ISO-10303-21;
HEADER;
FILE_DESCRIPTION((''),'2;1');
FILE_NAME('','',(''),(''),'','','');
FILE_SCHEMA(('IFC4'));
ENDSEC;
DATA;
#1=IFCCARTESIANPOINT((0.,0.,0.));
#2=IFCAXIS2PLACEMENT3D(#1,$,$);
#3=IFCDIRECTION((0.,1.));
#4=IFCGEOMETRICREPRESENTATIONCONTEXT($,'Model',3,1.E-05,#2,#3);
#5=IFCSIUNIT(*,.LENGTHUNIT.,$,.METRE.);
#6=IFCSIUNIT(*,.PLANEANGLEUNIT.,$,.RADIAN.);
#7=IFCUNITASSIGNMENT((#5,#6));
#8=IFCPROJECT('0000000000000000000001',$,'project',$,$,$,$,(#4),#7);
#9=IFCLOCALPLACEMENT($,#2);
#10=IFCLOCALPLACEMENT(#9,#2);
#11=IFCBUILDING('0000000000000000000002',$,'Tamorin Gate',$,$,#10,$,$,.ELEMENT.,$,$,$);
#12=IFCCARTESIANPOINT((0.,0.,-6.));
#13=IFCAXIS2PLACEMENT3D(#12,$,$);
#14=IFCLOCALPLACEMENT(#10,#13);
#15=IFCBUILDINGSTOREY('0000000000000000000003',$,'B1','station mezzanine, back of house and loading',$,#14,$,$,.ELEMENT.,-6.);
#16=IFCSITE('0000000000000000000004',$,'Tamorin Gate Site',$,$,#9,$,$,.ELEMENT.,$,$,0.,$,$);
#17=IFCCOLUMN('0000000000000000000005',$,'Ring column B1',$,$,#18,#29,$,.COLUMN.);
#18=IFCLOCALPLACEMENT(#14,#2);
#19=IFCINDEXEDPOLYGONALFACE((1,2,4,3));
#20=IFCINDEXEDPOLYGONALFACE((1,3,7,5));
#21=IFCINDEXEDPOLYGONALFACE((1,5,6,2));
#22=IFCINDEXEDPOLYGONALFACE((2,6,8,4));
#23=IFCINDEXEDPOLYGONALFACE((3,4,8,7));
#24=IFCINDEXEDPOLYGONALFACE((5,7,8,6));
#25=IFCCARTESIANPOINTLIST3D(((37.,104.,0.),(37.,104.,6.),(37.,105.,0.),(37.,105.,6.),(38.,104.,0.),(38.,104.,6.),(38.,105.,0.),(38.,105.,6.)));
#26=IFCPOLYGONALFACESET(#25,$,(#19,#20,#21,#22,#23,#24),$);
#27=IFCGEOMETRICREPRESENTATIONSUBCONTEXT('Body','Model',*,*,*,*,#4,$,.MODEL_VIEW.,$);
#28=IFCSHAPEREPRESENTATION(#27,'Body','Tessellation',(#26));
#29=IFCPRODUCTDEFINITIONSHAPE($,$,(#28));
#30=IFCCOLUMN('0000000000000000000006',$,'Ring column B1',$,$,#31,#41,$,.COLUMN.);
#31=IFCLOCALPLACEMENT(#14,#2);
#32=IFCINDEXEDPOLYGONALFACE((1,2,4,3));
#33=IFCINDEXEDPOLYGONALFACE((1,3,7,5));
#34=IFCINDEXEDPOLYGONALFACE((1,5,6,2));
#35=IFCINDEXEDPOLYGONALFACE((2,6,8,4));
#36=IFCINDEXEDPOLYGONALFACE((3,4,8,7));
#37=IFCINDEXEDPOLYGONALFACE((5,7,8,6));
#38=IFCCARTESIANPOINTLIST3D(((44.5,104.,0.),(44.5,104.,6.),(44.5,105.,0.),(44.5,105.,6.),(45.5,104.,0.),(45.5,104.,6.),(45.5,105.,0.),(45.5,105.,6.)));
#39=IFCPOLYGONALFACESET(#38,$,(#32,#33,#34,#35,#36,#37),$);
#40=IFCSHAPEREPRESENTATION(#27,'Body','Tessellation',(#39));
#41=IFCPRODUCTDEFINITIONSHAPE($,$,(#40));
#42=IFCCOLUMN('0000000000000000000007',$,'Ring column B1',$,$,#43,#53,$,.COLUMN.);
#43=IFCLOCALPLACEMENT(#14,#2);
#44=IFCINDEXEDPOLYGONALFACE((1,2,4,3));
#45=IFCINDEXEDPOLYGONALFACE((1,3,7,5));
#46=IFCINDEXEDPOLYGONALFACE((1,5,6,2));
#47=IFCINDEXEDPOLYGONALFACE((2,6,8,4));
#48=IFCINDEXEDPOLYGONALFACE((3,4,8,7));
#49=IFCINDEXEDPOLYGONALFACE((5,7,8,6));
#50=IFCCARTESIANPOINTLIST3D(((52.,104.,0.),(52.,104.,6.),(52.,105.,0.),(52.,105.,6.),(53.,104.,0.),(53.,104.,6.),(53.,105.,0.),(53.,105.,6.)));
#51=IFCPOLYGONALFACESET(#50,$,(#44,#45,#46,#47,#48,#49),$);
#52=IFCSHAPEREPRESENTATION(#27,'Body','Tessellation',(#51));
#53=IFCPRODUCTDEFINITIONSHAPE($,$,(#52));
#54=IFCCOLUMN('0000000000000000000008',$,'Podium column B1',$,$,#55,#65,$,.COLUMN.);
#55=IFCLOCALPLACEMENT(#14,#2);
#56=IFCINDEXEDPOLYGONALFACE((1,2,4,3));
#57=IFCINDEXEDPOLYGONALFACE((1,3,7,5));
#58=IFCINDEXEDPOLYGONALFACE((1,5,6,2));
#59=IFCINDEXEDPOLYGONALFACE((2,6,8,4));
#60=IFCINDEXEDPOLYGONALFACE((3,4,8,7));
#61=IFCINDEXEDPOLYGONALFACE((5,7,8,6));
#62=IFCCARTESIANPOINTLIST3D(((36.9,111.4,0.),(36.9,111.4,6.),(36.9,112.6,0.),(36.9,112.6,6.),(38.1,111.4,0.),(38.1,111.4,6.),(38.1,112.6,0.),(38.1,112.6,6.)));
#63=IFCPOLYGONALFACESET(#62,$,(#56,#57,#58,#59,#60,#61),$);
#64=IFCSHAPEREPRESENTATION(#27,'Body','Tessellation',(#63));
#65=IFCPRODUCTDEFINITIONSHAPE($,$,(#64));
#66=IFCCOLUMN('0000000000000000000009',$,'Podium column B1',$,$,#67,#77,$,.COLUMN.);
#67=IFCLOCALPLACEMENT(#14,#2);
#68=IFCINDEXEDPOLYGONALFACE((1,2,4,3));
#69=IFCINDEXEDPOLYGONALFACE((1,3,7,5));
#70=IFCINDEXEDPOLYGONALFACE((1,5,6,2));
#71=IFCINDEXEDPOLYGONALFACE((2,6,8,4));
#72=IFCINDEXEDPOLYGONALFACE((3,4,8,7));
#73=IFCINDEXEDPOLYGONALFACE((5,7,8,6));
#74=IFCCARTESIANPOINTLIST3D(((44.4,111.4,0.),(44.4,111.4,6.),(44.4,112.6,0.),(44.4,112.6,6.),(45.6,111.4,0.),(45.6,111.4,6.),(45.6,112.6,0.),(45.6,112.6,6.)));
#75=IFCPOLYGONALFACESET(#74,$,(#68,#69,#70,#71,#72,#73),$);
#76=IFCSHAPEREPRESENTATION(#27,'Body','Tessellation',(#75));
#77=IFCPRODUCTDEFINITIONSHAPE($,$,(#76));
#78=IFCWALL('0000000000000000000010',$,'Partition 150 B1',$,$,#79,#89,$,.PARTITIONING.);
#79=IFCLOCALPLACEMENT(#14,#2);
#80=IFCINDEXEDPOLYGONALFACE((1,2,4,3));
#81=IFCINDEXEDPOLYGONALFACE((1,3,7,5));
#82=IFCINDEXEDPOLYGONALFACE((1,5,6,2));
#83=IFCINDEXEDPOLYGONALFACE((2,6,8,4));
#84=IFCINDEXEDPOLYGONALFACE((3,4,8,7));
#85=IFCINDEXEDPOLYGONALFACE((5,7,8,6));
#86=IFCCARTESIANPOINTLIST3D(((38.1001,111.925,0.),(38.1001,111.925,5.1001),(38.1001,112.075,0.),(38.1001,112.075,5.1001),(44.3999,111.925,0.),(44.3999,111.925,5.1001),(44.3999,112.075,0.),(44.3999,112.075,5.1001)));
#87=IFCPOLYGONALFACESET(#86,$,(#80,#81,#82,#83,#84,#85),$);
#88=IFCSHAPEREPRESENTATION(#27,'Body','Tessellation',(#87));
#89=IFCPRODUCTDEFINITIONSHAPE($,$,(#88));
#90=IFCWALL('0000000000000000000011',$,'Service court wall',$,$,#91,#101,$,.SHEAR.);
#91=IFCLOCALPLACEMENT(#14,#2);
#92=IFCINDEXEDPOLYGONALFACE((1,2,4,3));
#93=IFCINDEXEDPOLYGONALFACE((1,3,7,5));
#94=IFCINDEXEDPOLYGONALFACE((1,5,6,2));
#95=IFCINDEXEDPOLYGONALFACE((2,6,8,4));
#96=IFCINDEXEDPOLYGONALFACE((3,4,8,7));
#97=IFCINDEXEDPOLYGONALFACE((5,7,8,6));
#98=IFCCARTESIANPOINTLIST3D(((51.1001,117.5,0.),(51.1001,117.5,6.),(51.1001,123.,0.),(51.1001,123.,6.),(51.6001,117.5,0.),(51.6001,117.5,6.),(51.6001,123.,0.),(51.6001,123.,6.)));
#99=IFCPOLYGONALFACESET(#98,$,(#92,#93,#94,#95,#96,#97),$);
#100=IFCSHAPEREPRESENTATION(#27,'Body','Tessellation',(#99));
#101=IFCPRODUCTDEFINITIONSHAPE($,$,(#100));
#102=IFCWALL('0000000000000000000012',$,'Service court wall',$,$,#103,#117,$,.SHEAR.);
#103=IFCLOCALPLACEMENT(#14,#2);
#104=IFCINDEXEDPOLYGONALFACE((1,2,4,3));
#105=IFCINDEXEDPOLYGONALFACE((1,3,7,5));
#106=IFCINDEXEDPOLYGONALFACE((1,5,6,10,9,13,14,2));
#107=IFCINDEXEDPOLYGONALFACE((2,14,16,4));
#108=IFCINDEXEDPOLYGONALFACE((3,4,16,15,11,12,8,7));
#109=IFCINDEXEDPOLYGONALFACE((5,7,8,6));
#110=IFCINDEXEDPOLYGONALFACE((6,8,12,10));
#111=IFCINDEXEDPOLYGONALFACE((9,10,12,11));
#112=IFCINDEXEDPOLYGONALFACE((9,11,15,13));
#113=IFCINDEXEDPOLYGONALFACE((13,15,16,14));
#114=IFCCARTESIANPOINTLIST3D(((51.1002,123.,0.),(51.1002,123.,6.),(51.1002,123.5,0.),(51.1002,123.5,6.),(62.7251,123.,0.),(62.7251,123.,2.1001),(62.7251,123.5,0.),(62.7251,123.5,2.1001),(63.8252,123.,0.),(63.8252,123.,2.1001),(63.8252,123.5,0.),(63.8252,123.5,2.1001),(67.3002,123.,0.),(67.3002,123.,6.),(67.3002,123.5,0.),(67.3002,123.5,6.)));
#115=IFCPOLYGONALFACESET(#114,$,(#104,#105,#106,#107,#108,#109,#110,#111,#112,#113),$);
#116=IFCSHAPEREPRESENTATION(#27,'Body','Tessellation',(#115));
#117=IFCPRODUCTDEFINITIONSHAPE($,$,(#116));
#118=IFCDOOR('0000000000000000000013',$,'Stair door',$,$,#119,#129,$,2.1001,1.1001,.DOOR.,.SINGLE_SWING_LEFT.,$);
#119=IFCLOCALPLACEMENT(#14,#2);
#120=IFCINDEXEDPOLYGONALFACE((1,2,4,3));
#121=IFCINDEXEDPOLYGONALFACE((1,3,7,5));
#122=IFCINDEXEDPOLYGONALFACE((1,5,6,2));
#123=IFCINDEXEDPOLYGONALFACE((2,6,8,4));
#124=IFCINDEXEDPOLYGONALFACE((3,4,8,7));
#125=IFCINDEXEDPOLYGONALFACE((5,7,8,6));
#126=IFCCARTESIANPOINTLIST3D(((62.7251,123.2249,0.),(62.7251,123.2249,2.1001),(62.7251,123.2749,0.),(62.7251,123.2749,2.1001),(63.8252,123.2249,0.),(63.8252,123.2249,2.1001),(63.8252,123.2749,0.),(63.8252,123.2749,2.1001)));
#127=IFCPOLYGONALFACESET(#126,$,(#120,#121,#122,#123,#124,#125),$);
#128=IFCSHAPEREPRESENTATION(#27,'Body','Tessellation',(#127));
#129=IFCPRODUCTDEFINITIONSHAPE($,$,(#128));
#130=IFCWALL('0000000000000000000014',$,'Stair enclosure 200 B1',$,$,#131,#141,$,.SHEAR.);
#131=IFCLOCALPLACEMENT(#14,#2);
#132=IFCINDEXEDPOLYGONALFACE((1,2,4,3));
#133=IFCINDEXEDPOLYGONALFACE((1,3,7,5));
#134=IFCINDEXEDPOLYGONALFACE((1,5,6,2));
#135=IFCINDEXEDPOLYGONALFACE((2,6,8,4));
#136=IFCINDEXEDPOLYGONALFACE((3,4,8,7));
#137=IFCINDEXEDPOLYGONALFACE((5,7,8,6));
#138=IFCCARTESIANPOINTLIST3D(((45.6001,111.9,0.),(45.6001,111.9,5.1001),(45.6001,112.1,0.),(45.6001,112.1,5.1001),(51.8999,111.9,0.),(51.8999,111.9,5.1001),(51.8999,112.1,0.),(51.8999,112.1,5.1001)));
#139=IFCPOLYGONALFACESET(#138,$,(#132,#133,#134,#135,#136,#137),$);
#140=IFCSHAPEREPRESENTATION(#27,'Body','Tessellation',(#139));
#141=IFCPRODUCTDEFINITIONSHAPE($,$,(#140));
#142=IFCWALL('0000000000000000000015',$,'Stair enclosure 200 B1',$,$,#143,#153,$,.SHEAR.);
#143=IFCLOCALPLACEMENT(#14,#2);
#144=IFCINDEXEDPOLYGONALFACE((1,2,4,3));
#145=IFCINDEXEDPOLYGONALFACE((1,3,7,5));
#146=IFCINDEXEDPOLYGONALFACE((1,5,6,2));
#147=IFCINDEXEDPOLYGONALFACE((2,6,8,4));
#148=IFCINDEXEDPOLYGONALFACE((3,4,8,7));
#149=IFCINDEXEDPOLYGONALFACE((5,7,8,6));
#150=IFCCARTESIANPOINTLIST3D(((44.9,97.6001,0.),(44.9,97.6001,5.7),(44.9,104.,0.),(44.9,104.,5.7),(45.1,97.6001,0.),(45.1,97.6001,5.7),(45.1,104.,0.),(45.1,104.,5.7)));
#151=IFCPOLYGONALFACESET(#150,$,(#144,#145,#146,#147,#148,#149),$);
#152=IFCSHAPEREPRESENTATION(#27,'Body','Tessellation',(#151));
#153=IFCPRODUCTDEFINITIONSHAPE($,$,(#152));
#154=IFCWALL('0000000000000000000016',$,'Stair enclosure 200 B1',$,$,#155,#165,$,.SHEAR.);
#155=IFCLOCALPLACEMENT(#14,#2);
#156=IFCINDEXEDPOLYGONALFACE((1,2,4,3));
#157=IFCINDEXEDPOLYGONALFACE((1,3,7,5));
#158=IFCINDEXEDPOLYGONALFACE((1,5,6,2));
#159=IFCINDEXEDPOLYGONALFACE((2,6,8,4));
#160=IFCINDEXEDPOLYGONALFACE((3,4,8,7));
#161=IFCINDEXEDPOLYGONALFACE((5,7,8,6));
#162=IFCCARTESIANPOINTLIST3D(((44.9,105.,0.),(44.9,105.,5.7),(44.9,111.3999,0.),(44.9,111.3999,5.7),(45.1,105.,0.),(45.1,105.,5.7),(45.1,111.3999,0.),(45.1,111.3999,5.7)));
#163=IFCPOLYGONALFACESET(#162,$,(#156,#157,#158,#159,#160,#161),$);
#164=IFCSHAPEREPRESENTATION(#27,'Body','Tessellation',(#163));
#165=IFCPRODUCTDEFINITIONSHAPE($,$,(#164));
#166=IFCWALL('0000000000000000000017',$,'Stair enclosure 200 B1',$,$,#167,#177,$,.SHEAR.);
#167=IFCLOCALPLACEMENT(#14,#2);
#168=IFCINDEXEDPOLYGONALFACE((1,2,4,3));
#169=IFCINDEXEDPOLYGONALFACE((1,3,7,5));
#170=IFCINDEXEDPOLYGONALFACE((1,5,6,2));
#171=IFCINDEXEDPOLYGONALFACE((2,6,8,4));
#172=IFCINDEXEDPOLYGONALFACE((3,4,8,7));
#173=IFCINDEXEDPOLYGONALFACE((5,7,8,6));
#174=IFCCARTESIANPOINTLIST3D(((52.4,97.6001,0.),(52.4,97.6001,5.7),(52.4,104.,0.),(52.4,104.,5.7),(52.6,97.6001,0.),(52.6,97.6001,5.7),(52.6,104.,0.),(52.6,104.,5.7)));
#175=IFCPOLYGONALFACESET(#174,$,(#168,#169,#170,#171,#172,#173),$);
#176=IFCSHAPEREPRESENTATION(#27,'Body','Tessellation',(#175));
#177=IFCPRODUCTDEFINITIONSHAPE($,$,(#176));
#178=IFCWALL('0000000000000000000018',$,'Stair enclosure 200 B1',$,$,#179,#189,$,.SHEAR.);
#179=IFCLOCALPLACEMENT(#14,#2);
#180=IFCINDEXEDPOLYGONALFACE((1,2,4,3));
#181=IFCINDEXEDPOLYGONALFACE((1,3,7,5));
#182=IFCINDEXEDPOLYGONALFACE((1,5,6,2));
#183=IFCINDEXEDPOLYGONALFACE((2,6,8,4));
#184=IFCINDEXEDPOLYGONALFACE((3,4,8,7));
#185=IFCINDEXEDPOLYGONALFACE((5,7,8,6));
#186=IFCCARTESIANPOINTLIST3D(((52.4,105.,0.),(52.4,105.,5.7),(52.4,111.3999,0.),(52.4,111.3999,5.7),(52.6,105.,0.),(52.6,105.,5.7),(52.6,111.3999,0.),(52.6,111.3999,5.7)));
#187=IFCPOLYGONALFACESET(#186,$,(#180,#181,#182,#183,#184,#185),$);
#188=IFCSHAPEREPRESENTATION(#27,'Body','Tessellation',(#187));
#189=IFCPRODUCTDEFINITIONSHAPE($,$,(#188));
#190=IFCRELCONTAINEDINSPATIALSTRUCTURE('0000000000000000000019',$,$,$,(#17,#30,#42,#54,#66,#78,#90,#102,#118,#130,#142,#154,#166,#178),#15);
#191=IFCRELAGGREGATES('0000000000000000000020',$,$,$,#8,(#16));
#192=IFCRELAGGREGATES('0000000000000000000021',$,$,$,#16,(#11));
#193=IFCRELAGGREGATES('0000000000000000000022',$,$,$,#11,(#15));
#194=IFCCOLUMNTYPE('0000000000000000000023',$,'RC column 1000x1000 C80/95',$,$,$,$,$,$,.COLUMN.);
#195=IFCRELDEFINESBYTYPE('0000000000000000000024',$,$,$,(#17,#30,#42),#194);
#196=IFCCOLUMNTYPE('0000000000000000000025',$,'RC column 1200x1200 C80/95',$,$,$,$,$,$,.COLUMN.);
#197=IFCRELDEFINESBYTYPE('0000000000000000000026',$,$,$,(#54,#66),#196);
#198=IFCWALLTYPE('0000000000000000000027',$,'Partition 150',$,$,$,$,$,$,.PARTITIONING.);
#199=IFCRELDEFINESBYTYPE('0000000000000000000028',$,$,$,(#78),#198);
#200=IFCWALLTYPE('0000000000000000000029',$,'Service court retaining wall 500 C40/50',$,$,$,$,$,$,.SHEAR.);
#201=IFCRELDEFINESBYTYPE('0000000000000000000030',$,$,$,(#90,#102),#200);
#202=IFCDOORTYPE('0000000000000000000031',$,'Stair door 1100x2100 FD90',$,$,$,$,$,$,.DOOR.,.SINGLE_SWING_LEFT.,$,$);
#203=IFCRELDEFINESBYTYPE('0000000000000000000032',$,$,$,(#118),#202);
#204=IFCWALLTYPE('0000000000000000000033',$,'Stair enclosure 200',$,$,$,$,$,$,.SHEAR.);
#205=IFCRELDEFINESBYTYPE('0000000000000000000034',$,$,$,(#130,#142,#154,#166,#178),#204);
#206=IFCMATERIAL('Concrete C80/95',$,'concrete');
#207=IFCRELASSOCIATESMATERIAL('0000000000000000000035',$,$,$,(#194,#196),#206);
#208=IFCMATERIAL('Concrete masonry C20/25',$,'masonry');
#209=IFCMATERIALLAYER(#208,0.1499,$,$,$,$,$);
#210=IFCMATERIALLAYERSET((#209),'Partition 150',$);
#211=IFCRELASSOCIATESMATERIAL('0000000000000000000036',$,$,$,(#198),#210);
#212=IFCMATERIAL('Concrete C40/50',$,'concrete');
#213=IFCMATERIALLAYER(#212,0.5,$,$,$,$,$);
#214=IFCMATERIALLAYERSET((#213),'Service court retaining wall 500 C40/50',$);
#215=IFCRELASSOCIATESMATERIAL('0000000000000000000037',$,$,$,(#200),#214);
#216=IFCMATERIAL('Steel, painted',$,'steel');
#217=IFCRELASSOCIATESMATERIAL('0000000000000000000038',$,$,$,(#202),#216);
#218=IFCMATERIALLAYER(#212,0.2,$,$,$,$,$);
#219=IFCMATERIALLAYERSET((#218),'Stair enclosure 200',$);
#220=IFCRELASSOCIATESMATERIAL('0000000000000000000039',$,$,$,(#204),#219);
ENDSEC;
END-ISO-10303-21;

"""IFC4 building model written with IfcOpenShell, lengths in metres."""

from ifc_helpers import new_model, si_unit, direction, frame, frame_2d, origin, origin_2d, place, context, subcontext, project, spatial, rectangle, extrude, material, layer, layer_set, material_profile, profile_set, type_object, element, fill, save


model = new_model("IFC4")

# Units and contexts
model_context = context("Model", 3, precision=1e-05, world=origin(), true_north=direction((0.0, 1.0)))
body_context = subcontext(model_context, "Body", "Model", "MODEL_VIEW")
ifc_project = project(units=[si_unit("LENGTHUNIT", "METRE"), si_unit("PLANEANGLEUNIT", "RADIAN")], contexts=[model_context])

# Site, building, storey
site_placement = place(None, origin())
site = spatial("IfcSite", under=ifc_project, at=site_placement, Name="Tamorin Gate Site", CompositionType="ELEMENT", RefElevation=0.0)
building_placement = place(site_placement, origin())
building = spatial("IfcBuilding", under=site, at=building_placement, Name="Tamorin Gate", CompositionType="ELEMENT")
storey_placement = place(building_placement, frame((0.0, 0.0, -6.0)))
storey = spatial("IfcBuildingStorey", under=building, at=storey_placement, Name="B1", Description="station mezzanine, back of house and loading", CompositionType="ELEMENT", Elevation=-6.0)

# Columns
ifc_material_1 = material(Name="Concrete C80/95", Category="concrete")
ifc_material_profile_1 = material_profile(ifc_material_1, rectangle(XDim=1.0, YDim=1.0, at=origin_2d()), Name="RC 1000x1000")
ifc_profile_set_1 = profile_set([ifc_material_profile_1], Name="Concrete C80/95")
column_type_1 = type_object("IfcColumnType", Name="RC column 1000x1000 C80/95", PredefinedType="COLUMN", material=ifc_profile_set_1)
for number, where, z_axis, x_axis, name in (
    (1, (37.5, 104.5, 0.0), (0.0, 0.0, 1.0), (1.0, 0.0, 0.0), "Ring column B1"),
    (2, (45.0, 104.5, 0.0), (0.0, 0.0, 1.0), (1.0, 0.0, 0.0), "Ring column B1"),
    (3, (52.5, 104.5, 0.0), (0.0, 0.0, 1.0), (1.0, 0.0, 0.0), "Ring column B1"),
):
    element("IfcColumn", number, at=place(storey_placement, frame(where, z_axis=z_axis, x_axis=x_axis)), inside=storey, type_object=column_type_1, Name=name, PredefinedType="COLUMN", context=body_context, shape_type="SweptSolid", body=[
        extrude(rectangle(XDim=1.0, YDim=1.0, at=origin_2d()), origin(), (0.0, 0.0, 1.0), 6.0),
    ])
ifc_material_profile_2 = material_profile(ifc_material_1, rectangle(XDim=1.2, YDim=1.2, at=origin_2d()), Name="RC 1200x1200")
ifc_profile_set_2 = profile_set([ifc_material_profile_2], Name="Concrete C80/95")
column_type_2 = type_object("IfcColumnType", Name="RC column 1200x1200 C80/95", PredefinedType="COLUMN", material=ifc_profile_set_2)
for number, where, z_axis, x_axis, name in (
    (4, (37.5, 112.0, 0.0), (0.0, 0.0, 1.0), (1.0, 0.0, 0.0), "Podium column B1"),
    (5, (45.0, 112.0, 0.0), (0.0, 0.0, 1.0), (1.0, 0.0, 0.0), "Podium column B1"),
):
    element("IfcColumn", number, at=place(storey_placement, frame(where, z_axis=z_axis, x_axis=x_axis)), inside=storey, type_object=column_type_2, Name=name, PredefinedType="COLUMN", context=body_context, shape_type="SweptSolid", body=[
        extrude(rectangle(XDim=1.2, YDim=1.2, at=origin_2d()), origin(), (0.0, 0.0, 1.0), 6.0),
    ])

# Walls
ifc_material_2 = material(Name="Concrete masonry C20/25", Category="masonry")
ifc_layer_1 = layer(ifc_material_2, 0.1499)
ifc_layer_set_1 = layer_set([ifc_layer_1], Name="Partition 150")
wall_type_1 = type_object("IfcWallType", Name="Partition 150", PredefinedType="PARTITIONING", material=ifc_layer_set_1)
wall_1_placement = place(storey_placement, frame((38.1001, 112.0, 0.0), z_axis=(0.0, 0.0, 1.0), x_axis=(1.0, 0.0, 0.0)))
element("IfcWall", 6, at=wall_1_placement, inside=storey, type_object=wall_type_1, Name="Partition 150 B1", PredefinedType="PARTITIONING", context=body_context, shape_type="SweptSolid", body=[
    extrude(rectangle(XDim=6.2998, YDim=0.1499, at=frame_2d((3.1499, 0.0))), origin(), (0.0, 0.0, 1.0), 5.1001),
])
ifc_material_3 = material(Name="Concrete C40/50", Category="concrete")
ifc_layer_2 = layer(ifc_material_3, 0.5)
ifc_layer_set_2 = layer_set([ifc_layer_2], Name="Service court retaining wall 500 C40/50")
wall_type_2 = type_object("IfcWallType", Name="Service court retaining wall 500 C40/50", PredefinedType="SHEAR", material=ifc_layer_set_2)
wall_2_placement = place(storey_placement, frame((51.3501, 117.5, 0.0), z_axis=(0.0, 0.0, 1.0), x_axis=(0.0, 1.0, 0.0)))
element("IfcWall", 7, at=wall_2_placement, inside=storey, type_object=wall_type_2, Name="Service court wall", PredefinedType="SHEAR", context=body_context, shape_type="SweptSolid", body=[
    extrude(rectangle(XDim=5.5, YDim=0.5, at=frame_2d((2.75, 0.0))), origin(), (0.0, 0.0, 1.0), 6.0),
])

# Wall, opening, door
wall_3_placement = place(storey_placement, frame((51.1001, 123.25, 0.0), z_axis=(0.0, 0.0, 1.0), x_axis=(1.0, 0.0, 0.0)))
wall_3 = element("IfcWall", 8, at=wall_3_placement, inside=storey, type_object=wall_type_2, Name="Service court wall", PredefinedType="SHEAR", context=body_context, shape_type="SweptSolid", body=[
    extrude(rectangle(XDim=16.2, YDim=0.5, at=frame_2d((8.1001, 0.0))), origin(), (0.0, 0.0, 1.0), 6.0),
])
opening_placement = place(wall_3_placement, frame((11.625, 0.0, 0.0)))
opening = element("IfcOpeningElement", 9, at=opening_placement, cuts=wall_3, PredefinedType="OPENING", context=body_context, shape_type="SweptSolid", body=[
    extrude(rectangle(XDim=1.1001, YDim=2.1001, at=frame_2d((0.55, 1.05))), frame((0.0, 0.26, 0.0), z_axis=(0.0, -1.0, 0.0), x_axis=(1.0, 0.0, 0.0)), (0.0, 0.0, 1.0), 0.52),
])
ifc_material_4 = material(Name="Steel, painted", Category="steel")
door_type = type_object("IfcDoorType", Name="Stair door 1100x2100 FD90", OperationType="SINGLE_SWING_LEFT", PredefinedType="DOOR", material=ifc_material_4)
door_placement = place(opening_placement, origin())
door = element("IfcDoor", 10, at=door_placement, inside=storey, type_object=door_type, Name="Stair door", OperationType="SINGLE_SWING_LEFT", OverallHeight=2.1001, OverallWidth=1.1001, PredefinedType="DOOR", context=body_context, shape_type="SweptSolid", body=[
    extrude(rectangle(XDim=1.1001, YDim=2.1001, at=frame_2d((0.55, 1.05))), frame((0.0, 0.0249, 0.0), z_axis=(0.0, -1.0, 0.0), x_axis=(1.0, 0.0, 0.0)), (0.0, 0.0, 1.0), 0.05),
])
fill(opening, door)

# Walls
ifc_layer_3 = layer(ifc_material_3, 0.2)
ifc_layer_set_3 = layer_set([ifc_layer_3], Name="Stair enclosure 200")
wall_type_3 = type_object("IfcWallType", Name="Stair enclosure 200", PredefinedType="SHEAR", material=ifc_layer_set_3)
wall_4_placement = place(storey_placement, frame((45.6001, 112.0, 0.0), z_axis=(0.0, 0.0, 1.0), x_axis=(1.0, 0.0, 0.0)))
element("IfcWall", 11, at=wall_4_placement, inside=storey, type_object=wall_type_3, Name="Stair enclosure 200 B1", PredefinedType="SHEAR", context=body_context, shape_type="SweptSolid", body=[
    extrude(rectangle(XDim=6.2998, YDim=0.2, at=frame_2d((3.1499, 0.0))), origin(), (0.0, 0.0, 1.0), 5.1001),
])
for number, where, z_axis, x_axis, name in (
    (12, (45.0, 97.6001, 0.0), (0.0, 0.0, 1.0), (0.0, 1.0, 0.0), "Stair enclosure 200 B1"),
    (13, (45.0, 105.0, 0.0), (0.0, 0.0, 1.0), (0.0, 1.0, 0.0), "Stair enclosure 200 B1"),
    (14, (52.5, 97.6001, 0.0), (0.0, 0.0, 1.0), (0.0, 1.0, 0.0), "Stair enclosure 200 B1"),
    (15, (52.5, 105.0, 0.0), (0.0, 0.0, 1.0), (0.0, 1.0, 0.0), "Stair enclosure 200 B1"),
):
    element("IfcWall", number, at=place(storey_placement, frame(where, z_axis=z_axis, x_axis=x_axis)), inside=storey, type_object=wall_type_3, Name=name, PredefinedType="SHEAR", context=body_context, shape_type="SweptSolid", body=[
        extrude(rectangle(XDim=6.3999, YDim=0.2, at=frame_2d((3.2, 0.0))), origin(), (0.0, 0.0, 1.0), 5.7),
    ])

save(model, "model.ifc")
